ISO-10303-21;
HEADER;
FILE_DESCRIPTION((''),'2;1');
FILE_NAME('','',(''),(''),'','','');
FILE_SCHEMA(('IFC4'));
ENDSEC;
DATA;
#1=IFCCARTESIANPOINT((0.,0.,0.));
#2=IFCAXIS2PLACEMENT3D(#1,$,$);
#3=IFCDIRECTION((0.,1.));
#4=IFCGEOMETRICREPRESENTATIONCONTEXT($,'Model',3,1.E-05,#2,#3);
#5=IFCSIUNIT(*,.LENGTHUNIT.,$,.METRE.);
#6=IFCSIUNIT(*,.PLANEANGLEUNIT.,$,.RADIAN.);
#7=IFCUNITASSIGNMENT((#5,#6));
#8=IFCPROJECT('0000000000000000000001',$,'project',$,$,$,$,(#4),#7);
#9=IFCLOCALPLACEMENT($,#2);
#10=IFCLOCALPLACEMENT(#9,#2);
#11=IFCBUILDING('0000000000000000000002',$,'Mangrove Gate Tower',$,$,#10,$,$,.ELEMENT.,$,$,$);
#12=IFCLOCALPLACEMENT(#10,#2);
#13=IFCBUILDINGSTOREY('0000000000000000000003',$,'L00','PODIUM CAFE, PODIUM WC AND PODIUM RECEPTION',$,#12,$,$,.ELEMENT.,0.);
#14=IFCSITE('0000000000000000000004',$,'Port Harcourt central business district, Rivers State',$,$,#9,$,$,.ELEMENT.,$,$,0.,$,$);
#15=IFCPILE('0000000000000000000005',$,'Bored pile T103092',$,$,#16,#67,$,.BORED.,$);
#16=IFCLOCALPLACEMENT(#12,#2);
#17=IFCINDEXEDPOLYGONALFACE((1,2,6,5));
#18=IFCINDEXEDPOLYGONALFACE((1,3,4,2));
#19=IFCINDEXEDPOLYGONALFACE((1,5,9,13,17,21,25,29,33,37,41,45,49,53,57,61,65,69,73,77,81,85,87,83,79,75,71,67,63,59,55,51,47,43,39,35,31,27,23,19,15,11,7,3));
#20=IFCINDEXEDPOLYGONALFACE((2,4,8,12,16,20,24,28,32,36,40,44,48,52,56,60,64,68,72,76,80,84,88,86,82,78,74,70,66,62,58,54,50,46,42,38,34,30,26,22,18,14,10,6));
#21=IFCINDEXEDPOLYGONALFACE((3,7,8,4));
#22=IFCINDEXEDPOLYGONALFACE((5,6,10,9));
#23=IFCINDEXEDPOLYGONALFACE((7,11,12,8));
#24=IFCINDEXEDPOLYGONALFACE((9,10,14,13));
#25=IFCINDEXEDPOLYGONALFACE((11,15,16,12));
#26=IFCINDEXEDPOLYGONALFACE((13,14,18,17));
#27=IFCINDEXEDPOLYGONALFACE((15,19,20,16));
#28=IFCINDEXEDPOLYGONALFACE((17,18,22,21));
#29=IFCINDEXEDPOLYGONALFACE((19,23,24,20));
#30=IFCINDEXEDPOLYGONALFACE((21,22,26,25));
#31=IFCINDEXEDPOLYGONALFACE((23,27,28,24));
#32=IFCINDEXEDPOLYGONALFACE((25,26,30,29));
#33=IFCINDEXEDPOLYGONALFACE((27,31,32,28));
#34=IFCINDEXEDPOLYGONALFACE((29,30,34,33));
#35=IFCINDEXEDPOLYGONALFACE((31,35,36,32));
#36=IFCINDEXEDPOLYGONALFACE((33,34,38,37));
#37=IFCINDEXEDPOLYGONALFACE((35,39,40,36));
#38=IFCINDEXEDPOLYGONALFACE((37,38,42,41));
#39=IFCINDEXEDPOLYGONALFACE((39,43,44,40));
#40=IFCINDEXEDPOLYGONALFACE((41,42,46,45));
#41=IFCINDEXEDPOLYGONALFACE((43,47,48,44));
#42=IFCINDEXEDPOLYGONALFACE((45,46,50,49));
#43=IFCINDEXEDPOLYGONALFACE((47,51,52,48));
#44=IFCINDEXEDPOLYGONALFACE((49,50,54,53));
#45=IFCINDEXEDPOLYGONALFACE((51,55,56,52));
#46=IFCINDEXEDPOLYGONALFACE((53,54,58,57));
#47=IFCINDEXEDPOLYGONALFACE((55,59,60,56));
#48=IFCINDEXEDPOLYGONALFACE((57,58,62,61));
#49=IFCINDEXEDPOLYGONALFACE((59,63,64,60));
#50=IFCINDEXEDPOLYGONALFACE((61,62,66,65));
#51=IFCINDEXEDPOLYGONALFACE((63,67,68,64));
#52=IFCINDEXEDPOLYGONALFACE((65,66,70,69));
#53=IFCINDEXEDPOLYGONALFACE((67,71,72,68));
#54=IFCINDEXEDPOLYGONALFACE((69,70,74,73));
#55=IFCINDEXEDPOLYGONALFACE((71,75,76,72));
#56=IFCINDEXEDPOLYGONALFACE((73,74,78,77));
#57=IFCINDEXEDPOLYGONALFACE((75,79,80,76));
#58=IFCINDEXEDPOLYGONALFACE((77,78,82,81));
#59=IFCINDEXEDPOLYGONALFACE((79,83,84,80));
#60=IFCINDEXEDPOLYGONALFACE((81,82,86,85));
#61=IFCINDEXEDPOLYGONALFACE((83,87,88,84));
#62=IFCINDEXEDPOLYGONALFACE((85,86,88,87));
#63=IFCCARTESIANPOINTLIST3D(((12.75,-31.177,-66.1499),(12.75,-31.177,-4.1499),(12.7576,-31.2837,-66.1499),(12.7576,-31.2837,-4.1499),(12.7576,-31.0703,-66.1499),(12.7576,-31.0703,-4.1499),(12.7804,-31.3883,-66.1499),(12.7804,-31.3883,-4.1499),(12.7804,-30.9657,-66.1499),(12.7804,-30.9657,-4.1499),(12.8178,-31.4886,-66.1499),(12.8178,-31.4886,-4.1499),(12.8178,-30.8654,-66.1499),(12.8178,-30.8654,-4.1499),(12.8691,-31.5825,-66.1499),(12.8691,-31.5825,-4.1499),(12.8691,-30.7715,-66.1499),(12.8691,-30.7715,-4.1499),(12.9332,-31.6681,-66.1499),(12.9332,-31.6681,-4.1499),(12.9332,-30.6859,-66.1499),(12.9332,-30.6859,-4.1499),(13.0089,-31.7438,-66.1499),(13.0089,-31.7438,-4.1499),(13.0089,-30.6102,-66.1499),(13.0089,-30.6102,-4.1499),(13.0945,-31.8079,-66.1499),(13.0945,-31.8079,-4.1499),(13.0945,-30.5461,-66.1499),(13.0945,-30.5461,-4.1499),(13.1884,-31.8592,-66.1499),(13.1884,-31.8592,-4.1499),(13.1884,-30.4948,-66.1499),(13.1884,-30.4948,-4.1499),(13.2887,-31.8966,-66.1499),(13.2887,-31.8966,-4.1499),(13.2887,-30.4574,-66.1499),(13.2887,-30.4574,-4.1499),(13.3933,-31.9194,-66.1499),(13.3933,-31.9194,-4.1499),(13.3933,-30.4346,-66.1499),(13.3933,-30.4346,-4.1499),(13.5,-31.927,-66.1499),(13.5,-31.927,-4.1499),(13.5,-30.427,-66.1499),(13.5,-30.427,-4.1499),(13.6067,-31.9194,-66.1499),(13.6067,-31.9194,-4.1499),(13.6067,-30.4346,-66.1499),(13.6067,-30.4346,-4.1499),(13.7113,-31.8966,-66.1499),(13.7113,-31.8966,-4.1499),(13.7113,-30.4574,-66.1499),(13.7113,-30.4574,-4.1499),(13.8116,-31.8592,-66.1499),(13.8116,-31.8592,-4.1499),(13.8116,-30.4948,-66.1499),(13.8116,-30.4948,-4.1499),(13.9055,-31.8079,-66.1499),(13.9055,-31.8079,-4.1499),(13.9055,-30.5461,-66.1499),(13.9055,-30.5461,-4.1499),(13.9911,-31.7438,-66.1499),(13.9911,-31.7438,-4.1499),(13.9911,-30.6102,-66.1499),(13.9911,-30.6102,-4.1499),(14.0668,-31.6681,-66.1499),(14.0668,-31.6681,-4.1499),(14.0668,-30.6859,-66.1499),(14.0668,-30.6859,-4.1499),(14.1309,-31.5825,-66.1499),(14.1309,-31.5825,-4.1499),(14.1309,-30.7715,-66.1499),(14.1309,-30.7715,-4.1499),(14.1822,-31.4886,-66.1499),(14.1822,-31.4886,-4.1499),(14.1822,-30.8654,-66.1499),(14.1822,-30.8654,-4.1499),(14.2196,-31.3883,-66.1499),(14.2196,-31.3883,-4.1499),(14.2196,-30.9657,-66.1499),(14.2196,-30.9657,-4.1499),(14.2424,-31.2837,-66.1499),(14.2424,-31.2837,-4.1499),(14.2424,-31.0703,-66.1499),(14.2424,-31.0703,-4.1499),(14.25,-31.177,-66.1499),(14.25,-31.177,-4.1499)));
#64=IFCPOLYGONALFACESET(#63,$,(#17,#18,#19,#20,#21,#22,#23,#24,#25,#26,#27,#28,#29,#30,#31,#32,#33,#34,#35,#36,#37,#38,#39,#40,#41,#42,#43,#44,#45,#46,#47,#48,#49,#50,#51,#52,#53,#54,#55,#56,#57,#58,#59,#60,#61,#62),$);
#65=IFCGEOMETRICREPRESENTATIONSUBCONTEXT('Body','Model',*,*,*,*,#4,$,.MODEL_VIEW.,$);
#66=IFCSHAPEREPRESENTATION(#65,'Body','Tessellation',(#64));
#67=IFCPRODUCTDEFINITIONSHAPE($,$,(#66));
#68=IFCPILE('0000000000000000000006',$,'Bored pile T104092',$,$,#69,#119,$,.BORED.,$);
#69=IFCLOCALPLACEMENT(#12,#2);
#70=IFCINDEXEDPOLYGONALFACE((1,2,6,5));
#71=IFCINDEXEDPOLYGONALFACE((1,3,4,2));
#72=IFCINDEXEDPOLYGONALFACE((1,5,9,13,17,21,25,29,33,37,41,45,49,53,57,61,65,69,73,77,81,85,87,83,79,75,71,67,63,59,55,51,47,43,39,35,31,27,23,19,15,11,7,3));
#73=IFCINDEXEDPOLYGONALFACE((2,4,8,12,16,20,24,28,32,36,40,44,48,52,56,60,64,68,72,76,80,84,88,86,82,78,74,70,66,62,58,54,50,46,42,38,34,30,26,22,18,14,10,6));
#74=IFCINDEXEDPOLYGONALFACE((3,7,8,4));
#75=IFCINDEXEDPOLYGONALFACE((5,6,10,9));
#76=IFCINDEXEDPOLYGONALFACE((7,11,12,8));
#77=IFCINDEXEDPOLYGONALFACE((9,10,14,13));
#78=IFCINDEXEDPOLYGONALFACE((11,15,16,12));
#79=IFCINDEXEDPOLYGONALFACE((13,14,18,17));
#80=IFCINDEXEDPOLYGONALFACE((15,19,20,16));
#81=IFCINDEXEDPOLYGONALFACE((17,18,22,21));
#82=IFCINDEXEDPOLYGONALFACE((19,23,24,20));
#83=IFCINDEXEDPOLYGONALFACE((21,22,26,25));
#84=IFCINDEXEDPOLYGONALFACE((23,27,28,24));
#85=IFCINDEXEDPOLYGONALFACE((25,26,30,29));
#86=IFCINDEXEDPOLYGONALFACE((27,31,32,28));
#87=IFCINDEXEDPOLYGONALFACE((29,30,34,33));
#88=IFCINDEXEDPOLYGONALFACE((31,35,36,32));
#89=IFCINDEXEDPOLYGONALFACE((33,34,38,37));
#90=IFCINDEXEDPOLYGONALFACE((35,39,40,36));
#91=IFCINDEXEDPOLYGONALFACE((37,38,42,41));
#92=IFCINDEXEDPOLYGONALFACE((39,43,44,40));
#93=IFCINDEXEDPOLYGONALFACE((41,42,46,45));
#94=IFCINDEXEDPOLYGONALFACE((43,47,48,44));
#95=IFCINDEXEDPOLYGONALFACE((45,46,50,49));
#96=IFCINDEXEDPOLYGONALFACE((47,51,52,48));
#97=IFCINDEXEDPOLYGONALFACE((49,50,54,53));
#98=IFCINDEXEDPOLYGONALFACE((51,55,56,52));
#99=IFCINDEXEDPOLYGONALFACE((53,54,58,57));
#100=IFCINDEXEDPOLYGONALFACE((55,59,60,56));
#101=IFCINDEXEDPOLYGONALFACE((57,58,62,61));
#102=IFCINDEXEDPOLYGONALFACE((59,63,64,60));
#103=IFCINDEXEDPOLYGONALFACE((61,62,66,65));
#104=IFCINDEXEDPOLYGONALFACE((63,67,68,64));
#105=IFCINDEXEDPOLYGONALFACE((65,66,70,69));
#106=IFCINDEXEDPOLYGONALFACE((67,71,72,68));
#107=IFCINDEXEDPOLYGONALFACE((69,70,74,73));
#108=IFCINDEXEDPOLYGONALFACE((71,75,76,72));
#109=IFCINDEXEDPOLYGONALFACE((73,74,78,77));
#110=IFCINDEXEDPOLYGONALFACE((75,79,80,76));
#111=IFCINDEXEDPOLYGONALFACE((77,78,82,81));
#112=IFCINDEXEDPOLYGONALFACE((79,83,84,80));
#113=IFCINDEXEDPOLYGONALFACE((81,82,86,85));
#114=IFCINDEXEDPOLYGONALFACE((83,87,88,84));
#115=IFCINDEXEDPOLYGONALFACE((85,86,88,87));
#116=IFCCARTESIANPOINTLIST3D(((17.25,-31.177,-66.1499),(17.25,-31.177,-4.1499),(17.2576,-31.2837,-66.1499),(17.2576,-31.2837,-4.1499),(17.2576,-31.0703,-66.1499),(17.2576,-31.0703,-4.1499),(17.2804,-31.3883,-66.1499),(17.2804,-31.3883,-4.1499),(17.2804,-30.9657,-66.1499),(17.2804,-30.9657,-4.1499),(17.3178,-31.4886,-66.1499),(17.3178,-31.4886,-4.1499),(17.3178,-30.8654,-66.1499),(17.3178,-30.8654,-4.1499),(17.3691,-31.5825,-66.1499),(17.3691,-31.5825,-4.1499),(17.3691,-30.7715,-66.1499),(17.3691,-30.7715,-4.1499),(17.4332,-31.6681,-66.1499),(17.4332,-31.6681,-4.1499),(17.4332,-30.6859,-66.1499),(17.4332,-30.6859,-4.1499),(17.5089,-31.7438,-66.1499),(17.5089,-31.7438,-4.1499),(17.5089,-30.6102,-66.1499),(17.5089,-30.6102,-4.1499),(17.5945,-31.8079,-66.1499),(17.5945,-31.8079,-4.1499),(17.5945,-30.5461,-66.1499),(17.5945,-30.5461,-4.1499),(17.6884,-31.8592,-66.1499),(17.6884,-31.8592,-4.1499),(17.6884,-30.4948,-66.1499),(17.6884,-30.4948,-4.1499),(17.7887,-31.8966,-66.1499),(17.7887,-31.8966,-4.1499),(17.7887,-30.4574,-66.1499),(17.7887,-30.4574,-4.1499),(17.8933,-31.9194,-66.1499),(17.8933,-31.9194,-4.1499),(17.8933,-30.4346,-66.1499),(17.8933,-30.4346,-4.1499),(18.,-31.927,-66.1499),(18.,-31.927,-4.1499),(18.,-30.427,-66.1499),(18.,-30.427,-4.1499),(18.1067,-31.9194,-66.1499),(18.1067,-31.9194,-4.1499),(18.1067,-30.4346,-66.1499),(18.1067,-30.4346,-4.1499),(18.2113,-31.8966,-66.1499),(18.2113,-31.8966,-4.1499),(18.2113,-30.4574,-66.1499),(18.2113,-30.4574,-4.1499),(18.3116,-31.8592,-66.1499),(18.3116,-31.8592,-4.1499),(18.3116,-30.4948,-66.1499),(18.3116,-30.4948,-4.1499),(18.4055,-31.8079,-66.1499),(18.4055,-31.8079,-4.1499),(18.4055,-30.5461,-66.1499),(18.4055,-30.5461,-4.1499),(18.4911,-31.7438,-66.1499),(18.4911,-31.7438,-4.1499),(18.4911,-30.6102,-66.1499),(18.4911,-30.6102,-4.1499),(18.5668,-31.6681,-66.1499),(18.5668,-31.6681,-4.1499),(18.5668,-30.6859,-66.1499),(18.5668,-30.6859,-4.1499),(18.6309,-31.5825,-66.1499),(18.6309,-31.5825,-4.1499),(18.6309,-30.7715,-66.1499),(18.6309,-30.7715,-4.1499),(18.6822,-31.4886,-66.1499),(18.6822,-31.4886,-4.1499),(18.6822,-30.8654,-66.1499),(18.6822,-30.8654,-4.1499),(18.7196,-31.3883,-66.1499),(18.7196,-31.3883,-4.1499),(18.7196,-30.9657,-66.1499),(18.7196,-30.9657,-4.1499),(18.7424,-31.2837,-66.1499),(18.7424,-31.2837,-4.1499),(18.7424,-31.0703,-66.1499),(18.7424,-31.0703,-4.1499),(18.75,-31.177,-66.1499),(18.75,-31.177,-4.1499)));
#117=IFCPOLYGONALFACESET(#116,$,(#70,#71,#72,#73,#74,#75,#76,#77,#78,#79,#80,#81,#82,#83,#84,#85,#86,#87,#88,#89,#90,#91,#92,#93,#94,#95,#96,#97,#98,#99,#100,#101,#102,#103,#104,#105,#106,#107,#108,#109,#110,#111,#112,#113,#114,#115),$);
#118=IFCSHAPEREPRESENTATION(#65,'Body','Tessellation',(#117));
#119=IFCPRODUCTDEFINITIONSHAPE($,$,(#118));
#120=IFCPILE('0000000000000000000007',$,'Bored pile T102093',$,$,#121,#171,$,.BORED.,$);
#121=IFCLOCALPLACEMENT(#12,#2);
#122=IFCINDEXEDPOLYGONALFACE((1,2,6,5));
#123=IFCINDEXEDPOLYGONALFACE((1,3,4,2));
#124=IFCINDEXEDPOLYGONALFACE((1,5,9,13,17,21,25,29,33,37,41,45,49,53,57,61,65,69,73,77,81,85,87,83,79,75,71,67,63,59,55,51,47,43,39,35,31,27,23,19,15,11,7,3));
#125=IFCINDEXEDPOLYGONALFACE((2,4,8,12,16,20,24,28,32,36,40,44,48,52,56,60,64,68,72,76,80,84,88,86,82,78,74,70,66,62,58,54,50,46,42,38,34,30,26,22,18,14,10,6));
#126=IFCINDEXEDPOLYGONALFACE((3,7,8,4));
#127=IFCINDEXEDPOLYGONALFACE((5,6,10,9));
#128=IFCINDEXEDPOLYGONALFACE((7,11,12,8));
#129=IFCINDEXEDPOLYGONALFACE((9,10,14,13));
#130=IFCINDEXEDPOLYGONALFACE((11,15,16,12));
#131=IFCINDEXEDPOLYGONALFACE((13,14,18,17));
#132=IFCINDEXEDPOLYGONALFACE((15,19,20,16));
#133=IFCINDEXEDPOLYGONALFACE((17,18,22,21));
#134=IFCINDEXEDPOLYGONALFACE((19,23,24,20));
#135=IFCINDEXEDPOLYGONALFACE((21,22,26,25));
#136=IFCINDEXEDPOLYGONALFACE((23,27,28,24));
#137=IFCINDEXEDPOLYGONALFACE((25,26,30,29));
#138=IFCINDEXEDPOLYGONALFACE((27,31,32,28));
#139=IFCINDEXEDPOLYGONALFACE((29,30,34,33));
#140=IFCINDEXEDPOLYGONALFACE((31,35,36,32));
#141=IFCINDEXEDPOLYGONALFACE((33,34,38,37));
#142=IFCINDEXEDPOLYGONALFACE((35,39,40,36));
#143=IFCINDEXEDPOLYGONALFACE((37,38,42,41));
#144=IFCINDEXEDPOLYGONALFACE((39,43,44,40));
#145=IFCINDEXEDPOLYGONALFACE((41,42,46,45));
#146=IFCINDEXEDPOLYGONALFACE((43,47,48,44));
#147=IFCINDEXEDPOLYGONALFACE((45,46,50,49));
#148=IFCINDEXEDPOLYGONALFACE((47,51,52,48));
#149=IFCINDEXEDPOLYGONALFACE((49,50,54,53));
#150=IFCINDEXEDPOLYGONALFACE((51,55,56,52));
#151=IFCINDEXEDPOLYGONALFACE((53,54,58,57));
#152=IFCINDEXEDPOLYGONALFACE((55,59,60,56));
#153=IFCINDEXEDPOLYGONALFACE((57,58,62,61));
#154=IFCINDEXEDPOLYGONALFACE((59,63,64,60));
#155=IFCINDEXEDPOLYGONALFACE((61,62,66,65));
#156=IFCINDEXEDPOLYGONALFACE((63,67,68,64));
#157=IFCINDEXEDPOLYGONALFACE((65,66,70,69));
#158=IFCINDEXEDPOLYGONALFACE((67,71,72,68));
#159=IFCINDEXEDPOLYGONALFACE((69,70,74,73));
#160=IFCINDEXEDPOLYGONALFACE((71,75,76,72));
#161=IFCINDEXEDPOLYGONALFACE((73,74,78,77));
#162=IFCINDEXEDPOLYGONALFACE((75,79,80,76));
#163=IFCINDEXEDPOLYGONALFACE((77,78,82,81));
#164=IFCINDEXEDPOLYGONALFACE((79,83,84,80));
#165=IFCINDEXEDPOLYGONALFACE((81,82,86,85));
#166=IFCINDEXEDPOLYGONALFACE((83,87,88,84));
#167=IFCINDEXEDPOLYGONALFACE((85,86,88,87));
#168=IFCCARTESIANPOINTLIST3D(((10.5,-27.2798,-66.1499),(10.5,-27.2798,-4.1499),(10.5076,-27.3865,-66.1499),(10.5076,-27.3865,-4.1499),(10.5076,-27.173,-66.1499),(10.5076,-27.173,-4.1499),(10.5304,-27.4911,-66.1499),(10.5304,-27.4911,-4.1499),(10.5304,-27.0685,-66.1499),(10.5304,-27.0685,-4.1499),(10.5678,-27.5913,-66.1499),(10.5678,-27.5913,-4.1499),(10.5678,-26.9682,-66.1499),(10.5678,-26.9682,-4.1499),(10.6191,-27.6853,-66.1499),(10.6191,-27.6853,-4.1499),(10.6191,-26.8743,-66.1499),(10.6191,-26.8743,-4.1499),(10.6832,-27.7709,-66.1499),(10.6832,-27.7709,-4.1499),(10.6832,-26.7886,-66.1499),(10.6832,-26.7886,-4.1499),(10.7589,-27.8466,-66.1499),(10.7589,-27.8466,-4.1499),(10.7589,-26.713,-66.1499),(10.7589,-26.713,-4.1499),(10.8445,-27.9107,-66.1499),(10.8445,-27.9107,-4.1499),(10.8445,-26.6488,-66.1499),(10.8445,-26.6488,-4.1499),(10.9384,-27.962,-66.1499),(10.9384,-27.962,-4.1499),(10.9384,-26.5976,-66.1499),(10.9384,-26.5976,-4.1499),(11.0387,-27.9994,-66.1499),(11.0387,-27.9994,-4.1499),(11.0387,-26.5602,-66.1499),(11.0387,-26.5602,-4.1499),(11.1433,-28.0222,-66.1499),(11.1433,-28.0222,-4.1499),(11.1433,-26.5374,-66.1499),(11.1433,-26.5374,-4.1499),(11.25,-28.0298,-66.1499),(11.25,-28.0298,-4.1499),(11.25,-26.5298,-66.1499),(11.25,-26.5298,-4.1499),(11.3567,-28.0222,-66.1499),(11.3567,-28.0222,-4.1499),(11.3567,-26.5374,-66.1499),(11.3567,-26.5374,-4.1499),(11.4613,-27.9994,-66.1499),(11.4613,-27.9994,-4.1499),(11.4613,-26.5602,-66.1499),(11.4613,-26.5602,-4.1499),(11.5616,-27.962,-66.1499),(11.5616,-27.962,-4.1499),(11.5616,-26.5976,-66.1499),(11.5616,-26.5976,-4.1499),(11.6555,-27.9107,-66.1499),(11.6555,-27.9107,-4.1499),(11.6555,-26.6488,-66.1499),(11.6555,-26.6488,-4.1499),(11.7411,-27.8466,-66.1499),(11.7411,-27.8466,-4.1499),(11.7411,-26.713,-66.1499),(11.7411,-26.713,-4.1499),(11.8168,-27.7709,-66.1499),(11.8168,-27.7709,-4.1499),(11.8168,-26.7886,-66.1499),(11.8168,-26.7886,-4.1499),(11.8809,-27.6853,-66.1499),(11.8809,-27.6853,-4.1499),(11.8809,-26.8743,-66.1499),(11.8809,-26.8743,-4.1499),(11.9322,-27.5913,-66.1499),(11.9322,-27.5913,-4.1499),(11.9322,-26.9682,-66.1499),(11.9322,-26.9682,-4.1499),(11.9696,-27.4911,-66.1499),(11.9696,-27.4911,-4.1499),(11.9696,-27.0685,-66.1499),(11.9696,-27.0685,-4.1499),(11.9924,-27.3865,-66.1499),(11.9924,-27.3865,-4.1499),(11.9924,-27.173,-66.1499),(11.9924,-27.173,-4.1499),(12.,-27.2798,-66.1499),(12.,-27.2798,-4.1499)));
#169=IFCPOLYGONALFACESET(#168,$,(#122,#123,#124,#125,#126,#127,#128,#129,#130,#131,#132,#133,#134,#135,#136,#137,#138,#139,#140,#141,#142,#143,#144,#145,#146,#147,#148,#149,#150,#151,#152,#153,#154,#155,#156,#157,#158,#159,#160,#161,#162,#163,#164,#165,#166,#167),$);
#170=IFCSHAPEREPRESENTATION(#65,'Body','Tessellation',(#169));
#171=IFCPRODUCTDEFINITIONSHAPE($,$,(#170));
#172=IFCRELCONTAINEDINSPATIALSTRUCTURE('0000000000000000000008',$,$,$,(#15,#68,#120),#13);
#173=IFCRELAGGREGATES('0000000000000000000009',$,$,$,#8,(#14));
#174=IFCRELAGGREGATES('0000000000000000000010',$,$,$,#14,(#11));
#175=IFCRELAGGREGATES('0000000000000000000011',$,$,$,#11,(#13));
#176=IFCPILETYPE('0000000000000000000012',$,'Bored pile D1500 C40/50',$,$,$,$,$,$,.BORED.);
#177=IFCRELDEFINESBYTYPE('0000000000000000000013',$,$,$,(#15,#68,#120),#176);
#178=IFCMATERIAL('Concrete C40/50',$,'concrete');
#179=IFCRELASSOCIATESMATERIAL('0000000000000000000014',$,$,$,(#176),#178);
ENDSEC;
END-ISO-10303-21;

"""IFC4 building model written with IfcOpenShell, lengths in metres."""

from ifc_helpers import new_model, si_unit, direction, frame, origin, origin_2d, place, context, subcontext, project, spatial, circle, extrude, material, material_profile, profile_set, type_object, element, save


model = new_model("IFC4")

# Units and contexts
model_context = context("Model", 3, precision=1e-05, world=origin(), true_north=direction((0.0, 1.0)))
body_context = subcontext(model_context, "Body", "Model", "MODEL_VIEW")
ifc_project = project(units=[si_unit("LENGTHUNIT", "METRE"), si_unit("PLANEANGLEUNIT", "RADIAN")], contexts=[model_context])

# Site, building, storey
site_placement = place(None, origin())
site = spatial("IfcSite", under=ifc_project, at=site_placement, Name="Port Harcourt central business district, Rivers State", CompositionType="ELEMENT", RefElevation=0.0)
building_placement = place(site_placement, origin())
building = spatial("IfcBuilding", under=site, at=building_placement, Name="Mangrove Gate Tower", CompositionType="ELEMENT")
storey_placement = place(building_placement, origin())
storey = spatial("IfcBuildingStorey", under=building, at=storey_placement, Name="L00", Description="PODIUM CAFE, PODIUM WC AND PODIUM RECEPTION", CompositionType="ELEMENT", Elevation=0.0)

# Piles
ifc_material_1 = material(Name="Concrete C40/50", Category="concrete")
ifc_material_profile_1 = material_profile(ifc_material_1, circle(Radius=0.75, at=origin_2d()))
ifc_profile_set_1 = profile_set([ifc_material_profile_1], Name="Concrete C40/50")
pile_type = type_object("IfcPileType", Name="Bored pile D1500 C40/50", PredefinedType="BORED", material=ifc_profile_set_1)
for number, where, z_axis, x_axis, name in (
    (1, (13.5, -31.177, -4.1499), (0.0, 0.0, -1.0), (1.0, 0.0, 0.0), "Bored pile T103092"),
    (2, (18.0, -31.177, -4.1499), (0.0, 0.0, -1.0), (1.0, 0.0, 0.0), "Bored pile T104092"),
    (3, (11.25, -27.2798, -4.1499), (0.0, 0.0, -1.0), (1.0, 0.0, 0.0), "Bored pile T102093"),
):
    element("IfcPile", number, at=place(storey_placement, frame(where, z_axis=z_axis, x_axis=x_axis)), inside=storey, type_object=pile_type, Name=name, PredefinedType="BORED", context=body_context, shape_type="SweptSolid", body=[
        extrude(circle(Radius=0.75, at=origin_2d()), origin(), (0.0, 0.0, 1.0), 62.0),
    ])

save(model, "model.ifc")
